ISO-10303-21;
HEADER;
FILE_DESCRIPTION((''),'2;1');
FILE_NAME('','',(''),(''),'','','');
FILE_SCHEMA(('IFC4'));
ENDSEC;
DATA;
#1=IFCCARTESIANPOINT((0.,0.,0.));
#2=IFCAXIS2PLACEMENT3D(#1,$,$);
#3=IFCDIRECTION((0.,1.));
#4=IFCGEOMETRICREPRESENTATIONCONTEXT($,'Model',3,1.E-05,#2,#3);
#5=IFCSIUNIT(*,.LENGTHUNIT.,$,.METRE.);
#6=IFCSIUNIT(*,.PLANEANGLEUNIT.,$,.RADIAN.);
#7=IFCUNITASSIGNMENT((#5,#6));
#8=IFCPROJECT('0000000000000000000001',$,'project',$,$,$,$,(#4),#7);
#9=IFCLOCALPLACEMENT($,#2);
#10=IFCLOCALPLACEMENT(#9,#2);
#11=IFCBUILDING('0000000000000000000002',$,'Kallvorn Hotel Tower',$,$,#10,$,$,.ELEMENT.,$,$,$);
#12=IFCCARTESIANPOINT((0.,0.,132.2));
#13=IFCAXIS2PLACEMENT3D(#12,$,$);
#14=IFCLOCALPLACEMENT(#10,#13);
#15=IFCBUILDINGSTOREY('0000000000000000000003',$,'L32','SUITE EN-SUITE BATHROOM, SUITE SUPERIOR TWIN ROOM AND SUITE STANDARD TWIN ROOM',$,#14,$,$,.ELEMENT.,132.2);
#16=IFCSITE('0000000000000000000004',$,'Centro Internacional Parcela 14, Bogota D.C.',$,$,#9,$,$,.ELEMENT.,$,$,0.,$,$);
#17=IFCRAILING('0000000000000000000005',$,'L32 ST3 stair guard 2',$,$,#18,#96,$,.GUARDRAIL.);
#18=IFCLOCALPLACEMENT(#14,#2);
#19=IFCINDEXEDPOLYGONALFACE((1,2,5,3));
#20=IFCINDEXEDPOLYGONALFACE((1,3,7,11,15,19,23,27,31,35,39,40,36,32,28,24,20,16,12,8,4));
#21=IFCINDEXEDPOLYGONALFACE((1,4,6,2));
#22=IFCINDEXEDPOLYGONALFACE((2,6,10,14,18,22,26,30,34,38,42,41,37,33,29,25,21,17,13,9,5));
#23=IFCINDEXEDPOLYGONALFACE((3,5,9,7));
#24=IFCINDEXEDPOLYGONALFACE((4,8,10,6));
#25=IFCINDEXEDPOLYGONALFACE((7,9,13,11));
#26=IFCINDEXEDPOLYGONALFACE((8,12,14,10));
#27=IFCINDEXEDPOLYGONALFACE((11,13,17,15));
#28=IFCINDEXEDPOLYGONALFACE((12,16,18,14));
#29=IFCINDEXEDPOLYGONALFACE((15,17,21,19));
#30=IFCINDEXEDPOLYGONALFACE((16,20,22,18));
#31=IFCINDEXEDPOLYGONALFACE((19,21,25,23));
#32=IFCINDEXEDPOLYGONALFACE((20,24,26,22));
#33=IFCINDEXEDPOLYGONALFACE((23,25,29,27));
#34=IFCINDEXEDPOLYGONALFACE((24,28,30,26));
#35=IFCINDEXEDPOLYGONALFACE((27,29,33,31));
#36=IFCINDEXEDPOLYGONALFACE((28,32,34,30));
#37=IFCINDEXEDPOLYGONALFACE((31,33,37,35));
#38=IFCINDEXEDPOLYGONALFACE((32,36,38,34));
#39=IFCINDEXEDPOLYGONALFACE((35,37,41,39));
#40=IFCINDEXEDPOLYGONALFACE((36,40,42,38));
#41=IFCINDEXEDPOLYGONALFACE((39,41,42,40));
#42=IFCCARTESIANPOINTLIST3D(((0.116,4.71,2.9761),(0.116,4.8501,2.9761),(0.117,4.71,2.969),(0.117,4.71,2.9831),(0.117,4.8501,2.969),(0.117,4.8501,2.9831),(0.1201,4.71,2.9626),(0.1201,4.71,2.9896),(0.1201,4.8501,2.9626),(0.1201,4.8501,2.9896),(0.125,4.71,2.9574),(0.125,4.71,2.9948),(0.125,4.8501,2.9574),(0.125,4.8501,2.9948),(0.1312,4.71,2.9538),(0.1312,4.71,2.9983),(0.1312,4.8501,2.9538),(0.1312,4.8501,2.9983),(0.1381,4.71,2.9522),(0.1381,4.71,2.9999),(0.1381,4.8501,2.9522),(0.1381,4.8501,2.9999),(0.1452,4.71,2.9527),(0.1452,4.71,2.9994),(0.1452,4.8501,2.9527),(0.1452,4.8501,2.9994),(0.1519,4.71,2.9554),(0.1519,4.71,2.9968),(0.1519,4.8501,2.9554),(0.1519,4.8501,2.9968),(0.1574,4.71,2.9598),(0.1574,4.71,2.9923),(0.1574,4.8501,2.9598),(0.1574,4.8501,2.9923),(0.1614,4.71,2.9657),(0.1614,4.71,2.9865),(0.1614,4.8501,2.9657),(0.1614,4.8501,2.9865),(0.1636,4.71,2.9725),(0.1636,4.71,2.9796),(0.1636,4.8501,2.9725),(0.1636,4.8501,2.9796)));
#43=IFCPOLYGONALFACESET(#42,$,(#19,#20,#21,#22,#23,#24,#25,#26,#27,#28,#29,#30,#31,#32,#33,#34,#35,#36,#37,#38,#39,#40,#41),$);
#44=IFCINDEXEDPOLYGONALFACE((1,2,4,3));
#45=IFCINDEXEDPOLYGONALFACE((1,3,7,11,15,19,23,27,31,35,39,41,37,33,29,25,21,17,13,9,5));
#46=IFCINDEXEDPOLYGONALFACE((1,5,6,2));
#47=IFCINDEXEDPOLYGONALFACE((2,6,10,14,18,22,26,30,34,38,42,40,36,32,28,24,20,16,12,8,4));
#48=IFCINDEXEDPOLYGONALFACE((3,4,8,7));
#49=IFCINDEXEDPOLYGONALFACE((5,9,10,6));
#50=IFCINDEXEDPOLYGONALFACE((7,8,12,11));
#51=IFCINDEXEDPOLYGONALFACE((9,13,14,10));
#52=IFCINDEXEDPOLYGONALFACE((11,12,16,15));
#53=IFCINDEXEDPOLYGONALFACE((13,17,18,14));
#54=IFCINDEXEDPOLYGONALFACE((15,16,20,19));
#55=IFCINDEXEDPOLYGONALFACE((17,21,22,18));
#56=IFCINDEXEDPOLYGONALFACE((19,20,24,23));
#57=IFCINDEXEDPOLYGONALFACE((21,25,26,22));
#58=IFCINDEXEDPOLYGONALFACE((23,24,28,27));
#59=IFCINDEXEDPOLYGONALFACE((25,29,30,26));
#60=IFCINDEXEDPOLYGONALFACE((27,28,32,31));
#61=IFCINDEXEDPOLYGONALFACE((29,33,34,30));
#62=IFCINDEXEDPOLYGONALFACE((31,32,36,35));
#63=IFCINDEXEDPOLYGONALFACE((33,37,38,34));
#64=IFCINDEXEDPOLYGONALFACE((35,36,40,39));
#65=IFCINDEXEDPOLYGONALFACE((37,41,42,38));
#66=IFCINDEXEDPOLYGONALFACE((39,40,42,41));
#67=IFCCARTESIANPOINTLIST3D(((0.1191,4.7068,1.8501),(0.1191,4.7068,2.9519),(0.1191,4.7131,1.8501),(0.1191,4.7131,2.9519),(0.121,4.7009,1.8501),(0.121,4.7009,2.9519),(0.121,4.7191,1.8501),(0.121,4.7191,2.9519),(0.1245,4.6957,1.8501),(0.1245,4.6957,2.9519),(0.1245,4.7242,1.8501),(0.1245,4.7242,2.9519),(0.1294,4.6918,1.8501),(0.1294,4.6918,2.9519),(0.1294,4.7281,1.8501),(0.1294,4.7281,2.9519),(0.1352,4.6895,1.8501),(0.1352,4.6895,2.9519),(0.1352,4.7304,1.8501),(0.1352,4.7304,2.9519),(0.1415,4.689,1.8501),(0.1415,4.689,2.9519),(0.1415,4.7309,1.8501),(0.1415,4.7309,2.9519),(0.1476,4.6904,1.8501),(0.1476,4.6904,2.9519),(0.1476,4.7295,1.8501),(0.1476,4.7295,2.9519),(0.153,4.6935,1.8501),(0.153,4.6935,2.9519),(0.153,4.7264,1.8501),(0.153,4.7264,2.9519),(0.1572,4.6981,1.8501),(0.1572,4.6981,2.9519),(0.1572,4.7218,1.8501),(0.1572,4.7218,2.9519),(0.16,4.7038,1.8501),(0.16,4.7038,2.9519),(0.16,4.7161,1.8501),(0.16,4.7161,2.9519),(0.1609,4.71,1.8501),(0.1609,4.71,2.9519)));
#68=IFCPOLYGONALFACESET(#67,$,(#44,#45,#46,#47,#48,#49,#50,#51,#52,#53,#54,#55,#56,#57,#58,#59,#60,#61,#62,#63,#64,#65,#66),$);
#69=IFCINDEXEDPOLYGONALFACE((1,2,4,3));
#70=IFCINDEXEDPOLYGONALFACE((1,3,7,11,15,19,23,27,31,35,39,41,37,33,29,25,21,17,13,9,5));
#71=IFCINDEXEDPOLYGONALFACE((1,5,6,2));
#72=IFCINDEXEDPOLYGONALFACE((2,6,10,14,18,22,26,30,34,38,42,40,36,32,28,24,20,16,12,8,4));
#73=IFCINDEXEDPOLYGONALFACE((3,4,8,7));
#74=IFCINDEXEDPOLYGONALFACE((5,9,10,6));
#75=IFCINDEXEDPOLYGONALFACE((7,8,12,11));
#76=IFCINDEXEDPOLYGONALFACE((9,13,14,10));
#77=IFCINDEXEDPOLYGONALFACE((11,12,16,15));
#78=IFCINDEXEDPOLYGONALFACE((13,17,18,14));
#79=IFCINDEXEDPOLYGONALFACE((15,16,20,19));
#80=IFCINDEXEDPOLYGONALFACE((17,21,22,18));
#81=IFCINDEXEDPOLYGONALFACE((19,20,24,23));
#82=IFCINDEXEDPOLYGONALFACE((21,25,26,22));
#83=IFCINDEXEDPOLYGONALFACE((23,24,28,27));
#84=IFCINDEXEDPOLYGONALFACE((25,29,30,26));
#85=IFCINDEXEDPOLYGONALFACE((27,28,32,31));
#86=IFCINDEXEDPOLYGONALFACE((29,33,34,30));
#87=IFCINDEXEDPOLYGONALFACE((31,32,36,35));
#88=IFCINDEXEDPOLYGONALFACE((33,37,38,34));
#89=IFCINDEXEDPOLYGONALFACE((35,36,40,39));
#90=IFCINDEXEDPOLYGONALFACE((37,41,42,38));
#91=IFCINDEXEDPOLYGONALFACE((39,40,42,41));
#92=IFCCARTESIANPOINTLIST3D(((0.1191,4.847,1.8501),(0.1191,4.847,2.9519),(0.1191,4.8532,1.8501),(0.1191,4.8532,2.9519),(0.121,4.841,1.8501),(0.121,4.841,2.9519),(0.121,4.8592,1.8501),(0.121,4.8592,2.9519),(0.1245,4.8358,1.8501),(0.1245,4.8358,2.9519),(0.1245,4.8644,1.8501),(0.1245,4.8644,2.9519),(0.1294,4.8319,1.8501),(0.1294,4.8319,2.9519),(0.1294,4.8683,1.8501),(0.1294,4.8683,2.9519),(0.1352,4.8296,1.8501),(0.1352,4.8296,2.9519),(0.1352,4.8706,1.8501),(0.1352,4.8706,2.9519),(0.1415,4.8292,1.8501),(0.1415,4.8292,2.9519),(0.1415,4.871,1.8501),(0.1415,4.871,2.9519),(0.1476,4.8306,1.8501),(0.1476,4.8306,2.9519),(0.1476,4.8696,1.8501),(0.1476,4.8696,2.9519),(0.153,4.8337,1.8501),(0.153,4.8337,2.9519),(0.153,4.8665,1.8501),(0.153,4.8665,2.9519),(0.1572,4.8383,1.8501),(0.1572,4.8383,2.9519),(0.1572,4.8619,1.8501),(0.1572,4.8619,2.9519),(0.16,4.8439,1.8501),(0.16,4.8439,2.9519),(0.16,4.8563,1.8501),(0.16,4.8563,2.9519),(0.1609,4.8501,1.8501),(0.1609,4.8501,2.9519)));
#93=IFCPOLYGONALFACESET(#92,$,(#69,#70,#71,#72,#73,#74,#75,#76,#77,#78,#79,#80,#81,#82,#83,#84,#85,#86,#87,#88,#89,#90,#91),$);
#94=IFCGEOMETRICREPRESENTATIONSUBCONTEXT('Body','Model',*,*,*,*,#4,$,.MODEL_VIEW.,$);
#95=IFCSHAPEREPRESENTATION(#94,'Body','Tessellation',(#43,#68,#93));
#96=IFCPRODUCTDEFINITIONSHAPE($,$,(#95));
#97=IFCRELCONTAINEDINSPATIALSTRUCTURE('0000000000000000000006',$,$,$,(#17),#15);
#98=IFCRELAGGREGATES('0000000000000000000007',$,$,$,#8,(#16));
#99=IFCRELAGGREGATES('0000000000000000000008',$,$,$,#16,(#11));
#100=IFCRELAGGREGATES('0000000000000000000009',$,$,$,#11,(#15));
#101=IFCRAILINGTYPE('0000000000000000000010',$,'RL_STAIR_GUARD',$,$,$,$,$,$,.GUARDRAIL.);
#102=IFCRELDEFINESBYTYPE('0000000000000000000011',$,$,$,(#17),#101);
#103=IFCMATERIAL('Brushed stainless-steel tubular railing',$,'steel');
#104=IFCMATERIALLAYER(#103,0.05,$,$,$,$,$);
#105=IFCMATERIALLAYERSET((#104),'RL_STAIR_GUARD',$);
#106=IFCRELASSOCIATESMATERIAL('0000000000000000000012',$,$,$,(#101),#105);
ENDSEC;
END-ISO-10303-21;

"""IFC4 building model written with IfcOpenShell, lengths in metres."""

from ifc_helpers import new_model, si_unit, direction, frame, origin, origin_2d, place, context, subcontext, project, spatial, circle, extrude, material, layer, layer_set, type_object, element, save


model = new_model("IFC4")

# Units and contexts
model_context = context("Model", 3, precision=1e-05, world=origin(), true_north=direction((0.0, 1.0)))
body_context = subcontext(model_context, "Body", "Model", "MODEL_VIEW")
ifc_project = project(units=[si_unit("LENGTHUNIT", "METRE"), si_unit("PLANEANGLEUNIT", "RADIAN")], contexts=[model_context])

# Site, building, storey
site_placement = place(None, origin())
site = spatial("IfcSite", under=ifc_project, at=site_placement, Name="Centro Internacional Parcela 14, Bogota D.C.", CompositionType="ELEMENT", RefElevation=0.0)
building_placement = place(site_placement, origin())
building = spatial("IfcBuilding", under=site, at=building_placement, Name="Kallvorn Hotel Tower", CompositionType="ELEMENT")
storey_placement = place(building_placement, frame((0.0, 0.0, 132.2)))
storey = spatial("IfcBuildingStorey", under=building, at=storey_placement, Name="L32", Description="SUITE EN-SUITE BATHROOM, SUITE SUPERIOR TWIN ROOM AND SUITE STANDARD TWIN ROOM", CompositionType="ELEMENT", Elevation=132.2)

# Railing
ifc_material_1 = material(Name="Brushed stainless-steel tubular railing", Category="steel")
ifc_layer_1 = layer(ifc_material_1, 0.05)
ifc_layer_set_1 = layer_set([ifc_layer_1], Name="RL_STAIR_GUARD")
railing_type_1 = type_object("IfcRailingType", Name="RL_STAIR_GUARD", PredefinedType="GUARDRAIL", material=ifc_layer_set_1)
railing_1_placement = place(storey_placement, frame((0.1399, 4.71, 1.8501)))
element("IfcRailing", 1, at=railing_1_placement, inside=storey, type_object=railing_type_1, Name="L32 ST3 stair guard 2", PredefinedType="GUARDRAIL", context=body_context, shape_type="SweptSolid", body=[
    extrude(circle(Radius=0.0239, at=origin_2d()), frame((0.0, 0.0, 1.126), z_axis=(0.0, 1.0, 0.0), x_axis=(-1.0, 0.0, 0.0)), (0.0, 0.0, 1.0), 0.1401),
    extrude(circle(Radius=0.021, at=origin_2d()), origin(), (0.0, 0.0, 1.0), 1.1018),
    extrude(circle(Radius=0.021, at=origin_2d()), frame((0.0, 0.1401, 0.0)), (0.0, 0.0, 1.0), 1.1018),
])

save(model, "model.ifc")
